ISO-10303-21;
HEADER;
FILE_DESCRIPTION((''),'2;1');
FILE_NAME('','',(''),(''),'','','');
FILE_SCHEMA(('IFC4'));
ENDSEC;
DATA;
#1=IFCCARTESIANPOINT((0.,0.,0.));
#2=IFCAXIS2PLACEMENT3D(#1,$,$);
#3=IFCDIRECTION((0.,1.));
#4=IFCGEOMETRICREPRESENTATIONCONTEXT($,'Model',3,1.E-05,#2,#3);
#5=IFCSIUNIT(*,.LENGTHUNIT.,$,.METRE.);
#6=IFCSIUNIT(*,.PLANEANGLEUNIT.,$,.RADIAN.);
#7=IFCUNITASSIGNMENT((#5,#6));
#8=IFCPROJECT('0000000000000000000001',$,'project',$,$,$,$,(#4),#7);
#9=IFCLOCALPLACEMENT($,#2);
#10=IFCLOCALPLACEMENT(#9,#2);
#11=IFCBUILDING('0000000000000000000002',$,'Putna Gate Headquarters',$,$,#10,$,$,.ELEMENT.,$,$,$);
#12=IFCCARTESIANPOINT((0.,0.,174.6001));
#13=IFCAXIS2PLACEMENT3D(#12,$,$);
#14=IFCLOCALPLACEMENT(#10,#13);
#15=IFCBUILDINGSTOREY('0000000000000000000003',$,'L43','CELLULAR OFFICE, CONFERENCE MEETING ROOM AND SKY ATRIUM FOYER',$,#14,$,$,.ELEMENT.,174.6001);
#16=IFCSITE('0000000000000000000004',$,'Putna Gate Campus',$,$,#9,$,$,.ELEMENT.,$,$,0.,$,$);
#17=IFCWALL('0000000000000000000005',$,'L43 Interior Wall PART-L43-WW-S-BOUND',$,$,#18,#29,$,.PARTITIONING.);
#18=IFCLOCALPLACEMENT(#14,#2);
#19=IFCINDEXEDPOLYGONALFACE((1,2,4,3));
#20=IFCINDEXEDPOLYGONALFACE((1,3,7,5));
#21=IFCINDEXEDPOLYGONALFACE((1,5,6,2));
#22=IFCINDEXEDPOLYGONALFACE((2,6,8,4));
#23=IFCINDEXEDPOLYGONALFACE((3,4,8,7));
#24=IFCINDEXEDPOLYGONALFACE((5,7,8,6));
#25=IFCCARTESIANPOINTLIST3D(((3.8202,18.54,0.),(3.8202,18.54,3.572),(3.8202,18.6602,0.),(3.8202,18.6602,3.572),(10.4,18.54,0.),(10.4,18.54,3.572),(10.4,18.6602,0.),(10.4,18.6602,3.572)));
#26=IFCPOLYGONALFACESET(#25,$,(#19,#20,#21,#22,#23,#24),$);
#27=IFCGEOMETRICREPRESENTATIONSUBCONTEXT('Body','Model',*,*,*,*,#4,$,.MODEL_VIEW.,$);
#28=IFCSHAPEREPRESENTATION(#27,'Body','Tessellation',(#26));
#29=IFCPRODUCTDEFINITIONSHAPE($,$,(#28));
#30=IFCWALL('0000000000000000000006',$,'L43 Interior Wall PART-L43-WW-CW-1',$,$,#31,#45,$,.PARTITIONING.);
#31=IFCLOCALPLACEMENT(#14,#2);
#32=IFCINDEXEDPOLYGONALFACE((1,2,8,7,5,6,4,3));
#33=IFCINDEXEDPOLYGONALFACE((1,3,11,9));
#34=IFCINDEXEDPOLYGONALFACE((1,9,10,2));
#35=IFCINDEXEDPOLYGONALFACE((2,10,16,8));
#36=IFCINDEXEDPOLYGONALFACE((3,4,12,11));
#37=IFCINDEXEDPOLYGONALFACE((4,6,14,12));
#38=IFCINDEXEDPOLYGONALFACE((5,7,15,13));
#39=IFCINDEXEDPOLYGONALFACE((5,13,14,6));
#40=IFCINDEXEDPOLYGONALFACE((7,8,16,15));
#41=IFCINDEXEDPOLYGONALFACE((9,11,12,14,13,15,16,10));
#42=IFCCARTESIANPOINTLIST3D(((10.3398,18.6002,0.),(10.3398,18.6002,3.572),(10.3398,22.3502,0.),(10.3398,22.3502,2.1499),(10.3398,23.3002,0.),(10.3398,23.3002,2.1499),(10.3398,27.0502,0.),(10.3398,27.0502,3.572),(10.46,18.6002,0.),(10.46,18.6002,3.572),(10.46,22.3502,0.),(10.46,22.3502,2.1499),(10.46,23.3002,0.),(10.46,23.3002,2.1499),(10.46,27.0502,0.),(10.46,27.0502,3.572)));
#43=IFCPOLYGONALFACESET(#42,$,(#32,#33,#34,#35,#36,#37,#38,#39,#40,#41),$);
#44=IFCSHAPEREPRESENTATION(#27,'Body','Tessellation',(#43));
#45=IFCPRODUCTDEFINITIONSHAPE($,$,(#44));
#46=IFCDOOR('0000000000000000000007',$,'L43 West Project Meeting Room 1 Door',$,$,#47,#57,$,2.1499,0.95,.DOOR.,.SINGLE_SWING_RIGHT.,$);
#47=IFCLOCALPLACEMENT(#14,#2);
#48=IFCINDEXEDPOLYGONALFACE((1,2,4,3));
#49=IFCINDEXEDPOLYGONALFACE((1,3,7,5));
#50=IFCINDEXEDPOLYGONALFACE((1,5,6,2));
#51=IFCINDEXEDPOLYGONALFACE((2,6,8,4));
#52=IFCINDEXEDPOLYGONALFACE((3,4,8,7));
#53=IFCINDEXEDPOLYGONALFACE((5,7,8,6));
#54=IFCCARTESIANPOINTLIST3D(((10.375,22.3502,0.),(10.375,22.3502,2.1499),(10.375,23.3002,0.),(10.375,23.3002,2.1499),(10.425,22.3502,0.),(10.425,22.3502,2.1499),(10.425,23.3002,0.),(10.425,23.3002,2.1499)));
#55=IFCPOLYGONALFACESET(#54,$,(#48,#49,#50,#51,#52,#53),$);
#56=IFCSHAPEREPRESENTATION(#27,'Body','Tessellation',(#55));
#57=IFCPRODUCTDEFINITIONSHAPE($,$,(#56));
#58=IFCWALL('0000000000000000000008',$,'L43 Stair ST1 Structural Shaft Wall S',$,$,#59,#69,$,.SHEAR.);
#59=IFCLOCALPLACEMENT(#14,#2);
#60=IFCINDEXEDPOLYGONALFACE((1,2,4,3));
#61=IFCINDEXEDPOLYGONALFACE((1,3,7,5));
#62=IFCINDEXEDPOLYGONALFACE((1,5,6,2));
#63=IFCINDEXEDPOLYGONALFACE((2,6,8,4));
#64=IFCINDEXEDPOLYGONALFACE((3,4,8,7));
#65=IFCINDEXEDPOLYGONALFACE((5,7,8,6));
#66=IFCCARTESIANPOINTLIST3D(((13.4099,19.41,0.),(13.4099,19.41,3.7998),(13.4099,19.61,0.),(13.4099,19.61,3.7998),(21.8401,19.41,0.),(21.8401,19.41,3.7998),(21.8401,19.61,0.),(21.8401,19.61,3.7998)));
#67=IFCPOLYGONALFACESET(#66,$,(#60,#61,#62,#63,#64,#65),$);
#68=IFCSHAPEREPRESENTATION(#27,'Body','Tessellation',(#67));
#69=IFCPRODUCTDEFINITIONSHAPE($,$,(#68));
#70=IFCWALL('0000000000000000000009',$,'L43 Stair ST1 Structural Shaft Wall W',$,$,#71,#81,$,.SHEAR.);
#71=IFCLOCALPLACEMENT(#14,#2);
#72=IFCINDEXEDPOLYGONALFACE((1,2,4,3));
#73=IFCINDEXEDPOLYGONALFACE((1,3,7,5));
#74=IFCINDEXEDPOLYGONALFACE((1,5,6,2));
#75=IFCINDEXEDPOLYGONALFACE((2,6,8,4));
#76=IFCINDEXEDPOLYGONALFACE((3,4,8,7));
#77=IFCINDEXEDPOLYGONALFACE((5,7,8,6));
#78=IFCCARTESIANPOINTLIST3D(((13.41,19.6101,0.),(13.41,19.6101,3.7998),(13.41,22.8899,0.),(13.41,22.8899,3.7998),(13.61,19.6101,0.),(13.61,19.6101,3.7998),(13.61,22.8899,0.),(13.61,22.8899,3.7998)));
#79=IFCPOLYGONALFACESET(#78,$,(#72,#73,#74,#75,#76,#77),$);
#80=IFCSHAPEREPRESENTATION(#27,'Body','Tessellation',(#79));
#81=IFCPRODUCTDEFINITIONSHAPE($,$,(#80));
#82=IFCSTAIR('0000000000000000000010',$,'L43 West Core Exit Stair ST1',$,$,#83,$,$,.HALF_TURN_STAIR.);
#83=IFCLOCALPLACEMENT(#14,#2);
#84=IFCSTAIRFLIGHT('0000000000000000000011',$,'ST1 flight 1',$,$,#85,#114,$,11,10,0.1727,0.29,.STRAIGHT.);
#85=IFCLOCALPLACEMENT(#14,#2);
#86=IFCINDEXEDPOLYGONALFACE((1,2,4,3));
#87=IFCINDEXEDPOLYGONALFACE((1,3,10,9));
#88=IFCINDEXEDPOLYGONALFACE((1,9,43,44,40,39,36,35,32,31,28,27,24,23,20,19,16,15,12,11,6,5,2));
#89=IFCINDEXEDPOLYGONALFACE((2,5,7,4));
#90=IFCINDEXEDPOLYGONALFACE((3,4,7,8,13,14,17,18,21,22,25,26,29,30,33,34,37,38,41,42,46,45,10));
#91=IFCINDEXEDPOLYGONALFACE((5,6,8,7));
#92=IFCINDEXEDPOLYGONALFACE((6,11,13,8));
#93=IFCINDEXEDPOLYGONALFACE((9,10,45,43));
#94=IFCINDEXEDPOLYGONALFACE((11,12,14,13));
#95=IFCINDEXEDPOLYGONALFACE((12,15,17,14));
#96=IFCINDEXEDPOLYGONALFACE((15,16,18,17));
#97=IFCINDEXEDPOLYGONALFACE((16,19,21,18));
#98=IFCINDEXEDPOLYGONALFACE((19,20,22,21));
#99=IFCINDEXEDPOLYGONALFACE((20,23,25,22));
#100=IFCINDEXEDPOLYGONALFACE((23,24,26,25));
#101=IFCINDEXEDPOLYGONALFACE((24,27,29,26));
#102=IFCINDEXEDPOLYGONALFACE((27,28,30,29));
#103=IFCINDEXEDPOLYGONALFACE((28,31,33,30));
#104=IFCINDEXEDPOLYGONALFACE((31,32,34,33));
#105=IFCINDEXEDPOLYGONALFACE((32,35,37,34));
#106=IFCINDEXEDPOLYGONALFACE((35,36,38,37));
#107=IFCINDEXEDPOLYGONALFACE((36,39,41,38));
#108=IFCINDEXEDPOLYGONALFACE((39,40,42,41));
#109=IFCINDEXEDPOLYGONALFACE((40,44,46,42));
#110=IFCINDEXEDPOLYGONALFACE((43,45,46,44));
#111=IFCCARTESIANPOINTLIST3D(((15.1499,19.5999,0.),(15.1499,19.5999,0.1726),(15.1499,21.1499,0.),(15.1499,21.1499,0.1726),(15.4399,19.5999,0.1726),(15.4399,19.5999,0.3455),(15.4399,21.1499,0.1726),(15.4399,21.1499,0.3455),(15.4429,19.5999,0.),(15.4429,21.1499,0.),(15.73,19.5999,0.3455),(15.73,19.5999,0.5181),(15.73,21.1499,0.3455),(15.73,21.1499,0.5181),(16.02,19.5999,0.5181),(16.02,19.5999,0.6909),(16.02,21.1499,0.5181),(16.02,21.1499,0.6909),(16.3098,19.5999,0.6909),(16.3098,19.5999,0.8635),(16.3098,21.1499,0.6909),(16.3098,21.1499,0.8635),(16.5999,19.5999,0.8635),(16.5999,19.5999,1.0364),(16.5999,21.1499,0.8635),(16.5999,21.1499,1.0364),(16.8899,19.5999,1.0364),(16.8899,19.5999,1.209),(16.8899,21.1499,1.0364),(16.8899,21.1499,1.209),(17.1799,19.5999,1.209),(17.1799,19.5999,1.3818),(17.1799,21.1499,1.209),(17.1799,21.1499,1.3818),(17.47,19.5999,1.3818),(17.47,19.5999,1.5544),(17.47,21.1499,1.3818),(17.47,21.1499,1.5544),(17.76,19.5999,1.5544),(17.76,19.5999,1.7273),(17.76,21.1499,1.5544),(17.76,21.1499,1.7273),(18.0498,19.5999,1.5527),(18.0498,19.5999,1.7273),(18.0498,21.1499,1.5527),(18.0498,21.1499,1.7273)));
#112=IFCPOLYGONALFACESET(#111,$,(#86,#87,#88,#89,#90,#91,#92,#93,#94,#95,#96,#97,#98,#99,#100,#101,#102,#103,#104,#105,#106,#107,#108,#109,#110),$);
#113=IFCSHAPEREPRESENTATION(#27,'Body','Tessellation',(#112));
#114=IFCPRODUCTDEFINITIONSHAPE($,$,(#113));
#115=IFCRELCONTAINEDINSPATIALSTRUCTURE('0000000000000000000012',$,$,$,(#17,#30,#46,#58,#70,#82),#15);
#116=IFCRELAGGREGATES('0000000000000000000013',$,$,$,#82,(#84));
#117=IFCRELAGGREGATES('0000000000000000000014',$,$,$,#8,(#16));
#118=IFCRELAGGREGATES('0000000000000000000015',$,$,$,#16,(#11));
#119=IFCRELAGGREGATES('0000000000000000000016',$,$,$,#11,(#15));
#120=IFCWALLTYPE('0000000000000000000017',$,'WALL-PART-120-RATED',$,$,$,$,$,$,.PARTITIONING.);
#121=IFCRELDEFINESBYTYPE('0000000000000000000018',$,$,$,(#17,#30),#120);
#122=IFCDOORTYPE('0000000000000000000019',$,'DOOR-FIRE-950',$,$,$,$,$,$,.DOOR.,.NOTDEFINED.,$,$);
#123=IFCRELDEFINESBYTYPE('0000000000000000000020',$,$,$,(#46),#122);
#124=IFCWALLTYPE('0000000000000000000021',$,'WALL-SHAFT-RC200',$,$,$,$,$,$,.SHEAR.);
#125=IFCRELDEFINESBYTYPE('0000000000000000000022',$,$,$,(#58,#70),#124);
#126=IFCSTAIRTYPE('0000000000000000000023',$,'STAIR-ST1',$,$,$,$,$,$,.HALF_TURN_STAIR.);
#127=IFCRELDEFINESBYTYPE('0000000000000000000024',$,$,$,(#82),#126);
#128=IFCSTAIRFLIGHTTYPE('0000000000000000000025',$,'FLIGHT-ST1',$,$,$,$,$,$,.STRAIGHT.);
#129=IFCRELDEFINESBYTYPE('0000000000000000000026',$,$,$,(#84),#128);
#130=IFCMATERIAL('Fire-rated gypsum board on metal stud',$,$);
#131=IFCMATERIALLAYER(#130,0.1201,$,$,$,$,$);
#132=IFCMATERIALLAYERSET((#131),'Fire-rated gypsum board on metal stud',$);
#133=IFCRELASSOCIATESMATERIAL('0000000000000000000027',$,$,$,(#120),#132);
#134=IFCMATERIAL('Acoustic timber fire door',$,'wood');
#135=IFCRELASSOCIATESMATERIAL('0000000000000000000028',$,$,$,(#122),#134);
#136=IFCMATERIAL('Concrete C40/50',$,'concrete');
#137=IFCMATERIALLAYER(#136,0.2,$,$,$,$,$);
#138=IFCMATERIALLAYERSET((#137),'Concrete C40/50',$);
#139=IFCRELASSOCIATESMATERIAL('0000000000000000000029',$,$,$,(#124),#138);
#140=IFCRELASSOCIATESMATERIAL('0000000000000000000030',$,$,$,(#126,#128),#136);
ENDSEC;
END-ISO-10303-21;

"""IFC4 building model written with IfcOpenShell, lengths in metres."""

from ifc_helpers import new_model, si_unit, direction, frame, frame_2d, origin, place, context, subcontext, project, spatial, polyline, rectangle, outline, extrude, material, layer, layer_set, type_object, element, fill, aggregate, save


model = new_model("IFC4")

# Units and contexts
model_context = context("Model", 3, precision=1e-05, world=origin(), true_north=direction((0.0, 1.0)))
body_context = subcontext(model_context, "Body", "Model", "MODEL_VIEW")
ifc_project = project(units=[si_unit("LENGTHUNIT", "METRE"), si_unit("PLANEANGLEUNIT", "RADIAN")], contexts=[model_context])

# Site, building, storey
site_placement = place(None, origin())
site = spatial("IfcSite", under=ifc_project, at=site_placement, Name="Putna Gate Campus", CompositionType="ELEMENT", RefElevation=0.0)
building_placement = place(site_placement, origin())
building = spatial("IfcBuilding", under=site, at=building_placement, Name="Putna Gate Headquarters", CompositionType="ELEMENT")
storey_placement = place(building_placement, frame((0.0, 0.0, 174.6001)))
storey = spatial("IfcBuildingStorey", under=building, at=storey_placement, Name="L43", Description="CELLULAR OFFICE, CONFERENCE MEETING ROOM AND SKY ATRIUM FOYER", CompositionType="ELEMENT", Elevation=174.6001)

# Shared definitions
ifc_material_1 = material(Name="Fire-rated gypsum board on metal stud")
ifc_layer_1 = layer(ifc_material_1, 0.1201)
ifc_layer_set_1 = layer_set([ifc_layer_1], Name="Fire-rated gypsum board on metal stud")
wall_type_1 = type_object("IfcWallType", Name="WALL-PART-120-RATED", PredefinedType="PARTITIONING", material=ifc_layer_set_1)

# Shared definitions
ifc_material_2 = material(Name="Acoustic timber fire door", Category="wood")
door_type_1 = type_object("IfcDoorType", Name="DOOR-FIRE-950", OperationType="NOTDEFINED", PredefinedType="DOOR", material=ifc_material_2)

# Wall
wall_1_placement = place(storey_placement, frame((3.8201, 18.6001, 0.0), z_axis=(0.0, 0.0, 1.0), x_axis=(1.0, 0.0, 0.0)))
element("IfcWall", 1, at=wall_1_placement, inside=storey, type_object=wall_type_1, Name="L43 Interior Wall PART-L43-WW-S-BOUND", PredefinedType="PARTITIONING", context=body_context, shape_type="SweptSolid", body=[
    extrude(rectangle(XDim=6.5798, YDim=0.1201, at=frame_2d((3.29, 0.0))), origin(), (0.0, 0.0, 1.0), 3.572),
])

# Wall, opening, door
wall_2_placement = place(storey_placement, frame((10.3999, 18.6001, 0.0), z_axis=(0.0, 0.0, 1.0), x_axis=(0.0, 1.0, 0.0)))
wall_2 = element("IfcWall", 2, at=wall_2_placement, inside=storey, type_object=wall_type_1, Name="L43 Interior Wall PART-L43-WW-CW-1", PredefinedType="PARTITIONING", context=body_context, shape_type="SweptSolid", body=[
    extrude(rectangle(XDim=8.45, YDim=0.1201, at=frame_2d((4.2251, 0.0))), origin(), (0.0, 0.0, 1.0), 3.572),
])
opening_1_placement = place(wall_2_placement, frame((3.75, 0.0, 0.0)))
opening_1 = element("IfcOpeningElement", 3, at=opening_1_placement, cuts=wall_2, PredefinedType="OPENING", context=body_context, shape_type="SweptSolid", body=[
    extrude(rectangle(XDim=0.95, YDim=2.1499, at=frame_2d((0.4751, 1.075))), frame((0.0, 0.0701, 0.0), z_axis=(0.0, -1.0, 0.0), x_axis=(1.0, 0.0, 0.0)), (0.0, 0.0, 1.0), 0.1401),
])
door_1_placement = place(opening_1_placement, origin())
door_1 = element("IfcDoor", 4, at=door_1_placement, inside=storey, type_object=door_type_1, Name="L43 West Project Meeting Room 1 Door", OperationType="SINGLE_SWING_RIGHT", OverallHeight=2.1499, OverallWidth=0.95, PredefinedType="DOOR", context=body_context, shape_type="SweptSolid", body=[
    extrude(rectangle(XDim=0.95, YDim=2.1499, at=frame_2d((0.4751, 1.075))), frame((0.0, 0.0249, 0.0), z_axis=(0.0, -1.0, 0.0), x_axis=(1.0, 0.0, 0.0)), (0.0, 0.0, 1.0), 0.05),
])
fill(opening_1, door_1)

# Walls
ifc_material_3 = material(Name="Concrete C40/50", Category="concrete")
ifc_layer_2 = layer(ifc_material_3, 0.2)
ifc_layer_set_2 = layer_set([ifc_layer_2], Name="Concrete C40/50")
wall_type_2 = type_object("IfcWallType", Name="WALL-SHAFT-RC200", PredefinedType="SHEAR", material=ifc_layer_set_2)
wall_3_placement = place(storey_placement, frame((13.4099, 19.51, 0.0), z_axis=(0.0, 0.0, 1.0), x_axis=(1.0, 0.0, 0.0)))
element("IfcWall", 5, at=wall_3_placement, inside=storey, type_object=wall_type_2, Name="L43 Stair ST1 Structural Shaft Wall S", PredefinedType="SHEAR", context=body_context, shape_type="SweptSolid", body=[
    extrude(rectangle(XDim=8.4302, YDim=0.2, at=frame_2d((4.2151, 0.0))), origin(), (0.0, 0.0, 1.0), 3.7998),
])
wall_4_placement = place(storey_placement, frame((13.51, 19.6101, 0.0), z_axis=(0.0, 0.0, 1.0), x_axis=(0.0, 1.0, 0.0)))
element("IfcWall", 6, at=wall_4_placement, inside=storey, type_object=wall_type_2, Name="L43 Stair ST1 Structural Shaft Wall W", PredefinedType="SHEAR", context=body_context, shape_type="SweptSolid", body=[
    extrude(rectangle(XDim=3.2798, YDim=0.2, at=frame_2d((1.6399, 0.0))), origin(), (0.0, 0.0, 1.0), 3.7998),
])

# Stair, stair flight
stair_type = type_object("IfcStairType", Name="STAIR-ST1", PredefinedType="HALF_TURN_STAIR", material=ifc_material_3)
stair_placement = place(storey_placement, origin())
stair = element("IfcStair", 7, at=stair_placement, inside=storey, type_object=stair_type, Name="L43 West Core Exit Stair ST1", PredefinedType="HALF_TURN_STAIR")
stair_flight_type = type_object("IfcStairFlightType", Name="FLIGHT-ST1", PredefinedType="STRAIGHT", material=ifc_material_3)
stair_flight_placement = place(storey_placement, frame((15.1499, 20.375, 0.0), z_axis=(0.0, 0.0, 1.0), x_axis=(1.0, 0.0, 0.0)))
stair_flight = element("IfcStairFlight", 8, at=stair_flight_placement, type_object=stair_flight_type, Name="ST1 flight 1", NumberOfRisers=11, NumberOfTreads=10, PredefinedType="STRAIGHT", RiserHeight=0.1727, TreadLength=0.29, context=body_context, shape_type="SweptSolid", body=[
    extrude(outline(polyline([(0.0, 0.0), (0.0, 0.1726), (0.29, 0.1726), (0.29, 0.3455), (0.5801, 0.3455), (0.5801, 0.5181), (0.8701, 0.5181), (0.8701, 0.6909), (1.1599, 0.6909), (1.1599, 0.8635), (1.45, 0.8635), (1.45, 1.0364), (1.74, 1.0364), (1.74, 1.209), (2.03, 1.209), (2.03, 1.3818), (2.3201, 1.3818), (2.3201, 1.5544), (2.6101, 1.5544), (2.6101, 1.7273), (2.8999, 1.7273), (2.8999, 1.8999), (2.8999, 1.5527), (0.293, 0.0), (0.0, 0.0)])), frame((0.0, 0.7749, 0.0), z_axis=(0.0, -1.0, 0.0), x_axis=(1.0, 0.0, 0.0)), (0.0, 0.0, 1.0), 1.55),
])
aggregate(stair, [stair_flight])

save(model, "model.ifc")
